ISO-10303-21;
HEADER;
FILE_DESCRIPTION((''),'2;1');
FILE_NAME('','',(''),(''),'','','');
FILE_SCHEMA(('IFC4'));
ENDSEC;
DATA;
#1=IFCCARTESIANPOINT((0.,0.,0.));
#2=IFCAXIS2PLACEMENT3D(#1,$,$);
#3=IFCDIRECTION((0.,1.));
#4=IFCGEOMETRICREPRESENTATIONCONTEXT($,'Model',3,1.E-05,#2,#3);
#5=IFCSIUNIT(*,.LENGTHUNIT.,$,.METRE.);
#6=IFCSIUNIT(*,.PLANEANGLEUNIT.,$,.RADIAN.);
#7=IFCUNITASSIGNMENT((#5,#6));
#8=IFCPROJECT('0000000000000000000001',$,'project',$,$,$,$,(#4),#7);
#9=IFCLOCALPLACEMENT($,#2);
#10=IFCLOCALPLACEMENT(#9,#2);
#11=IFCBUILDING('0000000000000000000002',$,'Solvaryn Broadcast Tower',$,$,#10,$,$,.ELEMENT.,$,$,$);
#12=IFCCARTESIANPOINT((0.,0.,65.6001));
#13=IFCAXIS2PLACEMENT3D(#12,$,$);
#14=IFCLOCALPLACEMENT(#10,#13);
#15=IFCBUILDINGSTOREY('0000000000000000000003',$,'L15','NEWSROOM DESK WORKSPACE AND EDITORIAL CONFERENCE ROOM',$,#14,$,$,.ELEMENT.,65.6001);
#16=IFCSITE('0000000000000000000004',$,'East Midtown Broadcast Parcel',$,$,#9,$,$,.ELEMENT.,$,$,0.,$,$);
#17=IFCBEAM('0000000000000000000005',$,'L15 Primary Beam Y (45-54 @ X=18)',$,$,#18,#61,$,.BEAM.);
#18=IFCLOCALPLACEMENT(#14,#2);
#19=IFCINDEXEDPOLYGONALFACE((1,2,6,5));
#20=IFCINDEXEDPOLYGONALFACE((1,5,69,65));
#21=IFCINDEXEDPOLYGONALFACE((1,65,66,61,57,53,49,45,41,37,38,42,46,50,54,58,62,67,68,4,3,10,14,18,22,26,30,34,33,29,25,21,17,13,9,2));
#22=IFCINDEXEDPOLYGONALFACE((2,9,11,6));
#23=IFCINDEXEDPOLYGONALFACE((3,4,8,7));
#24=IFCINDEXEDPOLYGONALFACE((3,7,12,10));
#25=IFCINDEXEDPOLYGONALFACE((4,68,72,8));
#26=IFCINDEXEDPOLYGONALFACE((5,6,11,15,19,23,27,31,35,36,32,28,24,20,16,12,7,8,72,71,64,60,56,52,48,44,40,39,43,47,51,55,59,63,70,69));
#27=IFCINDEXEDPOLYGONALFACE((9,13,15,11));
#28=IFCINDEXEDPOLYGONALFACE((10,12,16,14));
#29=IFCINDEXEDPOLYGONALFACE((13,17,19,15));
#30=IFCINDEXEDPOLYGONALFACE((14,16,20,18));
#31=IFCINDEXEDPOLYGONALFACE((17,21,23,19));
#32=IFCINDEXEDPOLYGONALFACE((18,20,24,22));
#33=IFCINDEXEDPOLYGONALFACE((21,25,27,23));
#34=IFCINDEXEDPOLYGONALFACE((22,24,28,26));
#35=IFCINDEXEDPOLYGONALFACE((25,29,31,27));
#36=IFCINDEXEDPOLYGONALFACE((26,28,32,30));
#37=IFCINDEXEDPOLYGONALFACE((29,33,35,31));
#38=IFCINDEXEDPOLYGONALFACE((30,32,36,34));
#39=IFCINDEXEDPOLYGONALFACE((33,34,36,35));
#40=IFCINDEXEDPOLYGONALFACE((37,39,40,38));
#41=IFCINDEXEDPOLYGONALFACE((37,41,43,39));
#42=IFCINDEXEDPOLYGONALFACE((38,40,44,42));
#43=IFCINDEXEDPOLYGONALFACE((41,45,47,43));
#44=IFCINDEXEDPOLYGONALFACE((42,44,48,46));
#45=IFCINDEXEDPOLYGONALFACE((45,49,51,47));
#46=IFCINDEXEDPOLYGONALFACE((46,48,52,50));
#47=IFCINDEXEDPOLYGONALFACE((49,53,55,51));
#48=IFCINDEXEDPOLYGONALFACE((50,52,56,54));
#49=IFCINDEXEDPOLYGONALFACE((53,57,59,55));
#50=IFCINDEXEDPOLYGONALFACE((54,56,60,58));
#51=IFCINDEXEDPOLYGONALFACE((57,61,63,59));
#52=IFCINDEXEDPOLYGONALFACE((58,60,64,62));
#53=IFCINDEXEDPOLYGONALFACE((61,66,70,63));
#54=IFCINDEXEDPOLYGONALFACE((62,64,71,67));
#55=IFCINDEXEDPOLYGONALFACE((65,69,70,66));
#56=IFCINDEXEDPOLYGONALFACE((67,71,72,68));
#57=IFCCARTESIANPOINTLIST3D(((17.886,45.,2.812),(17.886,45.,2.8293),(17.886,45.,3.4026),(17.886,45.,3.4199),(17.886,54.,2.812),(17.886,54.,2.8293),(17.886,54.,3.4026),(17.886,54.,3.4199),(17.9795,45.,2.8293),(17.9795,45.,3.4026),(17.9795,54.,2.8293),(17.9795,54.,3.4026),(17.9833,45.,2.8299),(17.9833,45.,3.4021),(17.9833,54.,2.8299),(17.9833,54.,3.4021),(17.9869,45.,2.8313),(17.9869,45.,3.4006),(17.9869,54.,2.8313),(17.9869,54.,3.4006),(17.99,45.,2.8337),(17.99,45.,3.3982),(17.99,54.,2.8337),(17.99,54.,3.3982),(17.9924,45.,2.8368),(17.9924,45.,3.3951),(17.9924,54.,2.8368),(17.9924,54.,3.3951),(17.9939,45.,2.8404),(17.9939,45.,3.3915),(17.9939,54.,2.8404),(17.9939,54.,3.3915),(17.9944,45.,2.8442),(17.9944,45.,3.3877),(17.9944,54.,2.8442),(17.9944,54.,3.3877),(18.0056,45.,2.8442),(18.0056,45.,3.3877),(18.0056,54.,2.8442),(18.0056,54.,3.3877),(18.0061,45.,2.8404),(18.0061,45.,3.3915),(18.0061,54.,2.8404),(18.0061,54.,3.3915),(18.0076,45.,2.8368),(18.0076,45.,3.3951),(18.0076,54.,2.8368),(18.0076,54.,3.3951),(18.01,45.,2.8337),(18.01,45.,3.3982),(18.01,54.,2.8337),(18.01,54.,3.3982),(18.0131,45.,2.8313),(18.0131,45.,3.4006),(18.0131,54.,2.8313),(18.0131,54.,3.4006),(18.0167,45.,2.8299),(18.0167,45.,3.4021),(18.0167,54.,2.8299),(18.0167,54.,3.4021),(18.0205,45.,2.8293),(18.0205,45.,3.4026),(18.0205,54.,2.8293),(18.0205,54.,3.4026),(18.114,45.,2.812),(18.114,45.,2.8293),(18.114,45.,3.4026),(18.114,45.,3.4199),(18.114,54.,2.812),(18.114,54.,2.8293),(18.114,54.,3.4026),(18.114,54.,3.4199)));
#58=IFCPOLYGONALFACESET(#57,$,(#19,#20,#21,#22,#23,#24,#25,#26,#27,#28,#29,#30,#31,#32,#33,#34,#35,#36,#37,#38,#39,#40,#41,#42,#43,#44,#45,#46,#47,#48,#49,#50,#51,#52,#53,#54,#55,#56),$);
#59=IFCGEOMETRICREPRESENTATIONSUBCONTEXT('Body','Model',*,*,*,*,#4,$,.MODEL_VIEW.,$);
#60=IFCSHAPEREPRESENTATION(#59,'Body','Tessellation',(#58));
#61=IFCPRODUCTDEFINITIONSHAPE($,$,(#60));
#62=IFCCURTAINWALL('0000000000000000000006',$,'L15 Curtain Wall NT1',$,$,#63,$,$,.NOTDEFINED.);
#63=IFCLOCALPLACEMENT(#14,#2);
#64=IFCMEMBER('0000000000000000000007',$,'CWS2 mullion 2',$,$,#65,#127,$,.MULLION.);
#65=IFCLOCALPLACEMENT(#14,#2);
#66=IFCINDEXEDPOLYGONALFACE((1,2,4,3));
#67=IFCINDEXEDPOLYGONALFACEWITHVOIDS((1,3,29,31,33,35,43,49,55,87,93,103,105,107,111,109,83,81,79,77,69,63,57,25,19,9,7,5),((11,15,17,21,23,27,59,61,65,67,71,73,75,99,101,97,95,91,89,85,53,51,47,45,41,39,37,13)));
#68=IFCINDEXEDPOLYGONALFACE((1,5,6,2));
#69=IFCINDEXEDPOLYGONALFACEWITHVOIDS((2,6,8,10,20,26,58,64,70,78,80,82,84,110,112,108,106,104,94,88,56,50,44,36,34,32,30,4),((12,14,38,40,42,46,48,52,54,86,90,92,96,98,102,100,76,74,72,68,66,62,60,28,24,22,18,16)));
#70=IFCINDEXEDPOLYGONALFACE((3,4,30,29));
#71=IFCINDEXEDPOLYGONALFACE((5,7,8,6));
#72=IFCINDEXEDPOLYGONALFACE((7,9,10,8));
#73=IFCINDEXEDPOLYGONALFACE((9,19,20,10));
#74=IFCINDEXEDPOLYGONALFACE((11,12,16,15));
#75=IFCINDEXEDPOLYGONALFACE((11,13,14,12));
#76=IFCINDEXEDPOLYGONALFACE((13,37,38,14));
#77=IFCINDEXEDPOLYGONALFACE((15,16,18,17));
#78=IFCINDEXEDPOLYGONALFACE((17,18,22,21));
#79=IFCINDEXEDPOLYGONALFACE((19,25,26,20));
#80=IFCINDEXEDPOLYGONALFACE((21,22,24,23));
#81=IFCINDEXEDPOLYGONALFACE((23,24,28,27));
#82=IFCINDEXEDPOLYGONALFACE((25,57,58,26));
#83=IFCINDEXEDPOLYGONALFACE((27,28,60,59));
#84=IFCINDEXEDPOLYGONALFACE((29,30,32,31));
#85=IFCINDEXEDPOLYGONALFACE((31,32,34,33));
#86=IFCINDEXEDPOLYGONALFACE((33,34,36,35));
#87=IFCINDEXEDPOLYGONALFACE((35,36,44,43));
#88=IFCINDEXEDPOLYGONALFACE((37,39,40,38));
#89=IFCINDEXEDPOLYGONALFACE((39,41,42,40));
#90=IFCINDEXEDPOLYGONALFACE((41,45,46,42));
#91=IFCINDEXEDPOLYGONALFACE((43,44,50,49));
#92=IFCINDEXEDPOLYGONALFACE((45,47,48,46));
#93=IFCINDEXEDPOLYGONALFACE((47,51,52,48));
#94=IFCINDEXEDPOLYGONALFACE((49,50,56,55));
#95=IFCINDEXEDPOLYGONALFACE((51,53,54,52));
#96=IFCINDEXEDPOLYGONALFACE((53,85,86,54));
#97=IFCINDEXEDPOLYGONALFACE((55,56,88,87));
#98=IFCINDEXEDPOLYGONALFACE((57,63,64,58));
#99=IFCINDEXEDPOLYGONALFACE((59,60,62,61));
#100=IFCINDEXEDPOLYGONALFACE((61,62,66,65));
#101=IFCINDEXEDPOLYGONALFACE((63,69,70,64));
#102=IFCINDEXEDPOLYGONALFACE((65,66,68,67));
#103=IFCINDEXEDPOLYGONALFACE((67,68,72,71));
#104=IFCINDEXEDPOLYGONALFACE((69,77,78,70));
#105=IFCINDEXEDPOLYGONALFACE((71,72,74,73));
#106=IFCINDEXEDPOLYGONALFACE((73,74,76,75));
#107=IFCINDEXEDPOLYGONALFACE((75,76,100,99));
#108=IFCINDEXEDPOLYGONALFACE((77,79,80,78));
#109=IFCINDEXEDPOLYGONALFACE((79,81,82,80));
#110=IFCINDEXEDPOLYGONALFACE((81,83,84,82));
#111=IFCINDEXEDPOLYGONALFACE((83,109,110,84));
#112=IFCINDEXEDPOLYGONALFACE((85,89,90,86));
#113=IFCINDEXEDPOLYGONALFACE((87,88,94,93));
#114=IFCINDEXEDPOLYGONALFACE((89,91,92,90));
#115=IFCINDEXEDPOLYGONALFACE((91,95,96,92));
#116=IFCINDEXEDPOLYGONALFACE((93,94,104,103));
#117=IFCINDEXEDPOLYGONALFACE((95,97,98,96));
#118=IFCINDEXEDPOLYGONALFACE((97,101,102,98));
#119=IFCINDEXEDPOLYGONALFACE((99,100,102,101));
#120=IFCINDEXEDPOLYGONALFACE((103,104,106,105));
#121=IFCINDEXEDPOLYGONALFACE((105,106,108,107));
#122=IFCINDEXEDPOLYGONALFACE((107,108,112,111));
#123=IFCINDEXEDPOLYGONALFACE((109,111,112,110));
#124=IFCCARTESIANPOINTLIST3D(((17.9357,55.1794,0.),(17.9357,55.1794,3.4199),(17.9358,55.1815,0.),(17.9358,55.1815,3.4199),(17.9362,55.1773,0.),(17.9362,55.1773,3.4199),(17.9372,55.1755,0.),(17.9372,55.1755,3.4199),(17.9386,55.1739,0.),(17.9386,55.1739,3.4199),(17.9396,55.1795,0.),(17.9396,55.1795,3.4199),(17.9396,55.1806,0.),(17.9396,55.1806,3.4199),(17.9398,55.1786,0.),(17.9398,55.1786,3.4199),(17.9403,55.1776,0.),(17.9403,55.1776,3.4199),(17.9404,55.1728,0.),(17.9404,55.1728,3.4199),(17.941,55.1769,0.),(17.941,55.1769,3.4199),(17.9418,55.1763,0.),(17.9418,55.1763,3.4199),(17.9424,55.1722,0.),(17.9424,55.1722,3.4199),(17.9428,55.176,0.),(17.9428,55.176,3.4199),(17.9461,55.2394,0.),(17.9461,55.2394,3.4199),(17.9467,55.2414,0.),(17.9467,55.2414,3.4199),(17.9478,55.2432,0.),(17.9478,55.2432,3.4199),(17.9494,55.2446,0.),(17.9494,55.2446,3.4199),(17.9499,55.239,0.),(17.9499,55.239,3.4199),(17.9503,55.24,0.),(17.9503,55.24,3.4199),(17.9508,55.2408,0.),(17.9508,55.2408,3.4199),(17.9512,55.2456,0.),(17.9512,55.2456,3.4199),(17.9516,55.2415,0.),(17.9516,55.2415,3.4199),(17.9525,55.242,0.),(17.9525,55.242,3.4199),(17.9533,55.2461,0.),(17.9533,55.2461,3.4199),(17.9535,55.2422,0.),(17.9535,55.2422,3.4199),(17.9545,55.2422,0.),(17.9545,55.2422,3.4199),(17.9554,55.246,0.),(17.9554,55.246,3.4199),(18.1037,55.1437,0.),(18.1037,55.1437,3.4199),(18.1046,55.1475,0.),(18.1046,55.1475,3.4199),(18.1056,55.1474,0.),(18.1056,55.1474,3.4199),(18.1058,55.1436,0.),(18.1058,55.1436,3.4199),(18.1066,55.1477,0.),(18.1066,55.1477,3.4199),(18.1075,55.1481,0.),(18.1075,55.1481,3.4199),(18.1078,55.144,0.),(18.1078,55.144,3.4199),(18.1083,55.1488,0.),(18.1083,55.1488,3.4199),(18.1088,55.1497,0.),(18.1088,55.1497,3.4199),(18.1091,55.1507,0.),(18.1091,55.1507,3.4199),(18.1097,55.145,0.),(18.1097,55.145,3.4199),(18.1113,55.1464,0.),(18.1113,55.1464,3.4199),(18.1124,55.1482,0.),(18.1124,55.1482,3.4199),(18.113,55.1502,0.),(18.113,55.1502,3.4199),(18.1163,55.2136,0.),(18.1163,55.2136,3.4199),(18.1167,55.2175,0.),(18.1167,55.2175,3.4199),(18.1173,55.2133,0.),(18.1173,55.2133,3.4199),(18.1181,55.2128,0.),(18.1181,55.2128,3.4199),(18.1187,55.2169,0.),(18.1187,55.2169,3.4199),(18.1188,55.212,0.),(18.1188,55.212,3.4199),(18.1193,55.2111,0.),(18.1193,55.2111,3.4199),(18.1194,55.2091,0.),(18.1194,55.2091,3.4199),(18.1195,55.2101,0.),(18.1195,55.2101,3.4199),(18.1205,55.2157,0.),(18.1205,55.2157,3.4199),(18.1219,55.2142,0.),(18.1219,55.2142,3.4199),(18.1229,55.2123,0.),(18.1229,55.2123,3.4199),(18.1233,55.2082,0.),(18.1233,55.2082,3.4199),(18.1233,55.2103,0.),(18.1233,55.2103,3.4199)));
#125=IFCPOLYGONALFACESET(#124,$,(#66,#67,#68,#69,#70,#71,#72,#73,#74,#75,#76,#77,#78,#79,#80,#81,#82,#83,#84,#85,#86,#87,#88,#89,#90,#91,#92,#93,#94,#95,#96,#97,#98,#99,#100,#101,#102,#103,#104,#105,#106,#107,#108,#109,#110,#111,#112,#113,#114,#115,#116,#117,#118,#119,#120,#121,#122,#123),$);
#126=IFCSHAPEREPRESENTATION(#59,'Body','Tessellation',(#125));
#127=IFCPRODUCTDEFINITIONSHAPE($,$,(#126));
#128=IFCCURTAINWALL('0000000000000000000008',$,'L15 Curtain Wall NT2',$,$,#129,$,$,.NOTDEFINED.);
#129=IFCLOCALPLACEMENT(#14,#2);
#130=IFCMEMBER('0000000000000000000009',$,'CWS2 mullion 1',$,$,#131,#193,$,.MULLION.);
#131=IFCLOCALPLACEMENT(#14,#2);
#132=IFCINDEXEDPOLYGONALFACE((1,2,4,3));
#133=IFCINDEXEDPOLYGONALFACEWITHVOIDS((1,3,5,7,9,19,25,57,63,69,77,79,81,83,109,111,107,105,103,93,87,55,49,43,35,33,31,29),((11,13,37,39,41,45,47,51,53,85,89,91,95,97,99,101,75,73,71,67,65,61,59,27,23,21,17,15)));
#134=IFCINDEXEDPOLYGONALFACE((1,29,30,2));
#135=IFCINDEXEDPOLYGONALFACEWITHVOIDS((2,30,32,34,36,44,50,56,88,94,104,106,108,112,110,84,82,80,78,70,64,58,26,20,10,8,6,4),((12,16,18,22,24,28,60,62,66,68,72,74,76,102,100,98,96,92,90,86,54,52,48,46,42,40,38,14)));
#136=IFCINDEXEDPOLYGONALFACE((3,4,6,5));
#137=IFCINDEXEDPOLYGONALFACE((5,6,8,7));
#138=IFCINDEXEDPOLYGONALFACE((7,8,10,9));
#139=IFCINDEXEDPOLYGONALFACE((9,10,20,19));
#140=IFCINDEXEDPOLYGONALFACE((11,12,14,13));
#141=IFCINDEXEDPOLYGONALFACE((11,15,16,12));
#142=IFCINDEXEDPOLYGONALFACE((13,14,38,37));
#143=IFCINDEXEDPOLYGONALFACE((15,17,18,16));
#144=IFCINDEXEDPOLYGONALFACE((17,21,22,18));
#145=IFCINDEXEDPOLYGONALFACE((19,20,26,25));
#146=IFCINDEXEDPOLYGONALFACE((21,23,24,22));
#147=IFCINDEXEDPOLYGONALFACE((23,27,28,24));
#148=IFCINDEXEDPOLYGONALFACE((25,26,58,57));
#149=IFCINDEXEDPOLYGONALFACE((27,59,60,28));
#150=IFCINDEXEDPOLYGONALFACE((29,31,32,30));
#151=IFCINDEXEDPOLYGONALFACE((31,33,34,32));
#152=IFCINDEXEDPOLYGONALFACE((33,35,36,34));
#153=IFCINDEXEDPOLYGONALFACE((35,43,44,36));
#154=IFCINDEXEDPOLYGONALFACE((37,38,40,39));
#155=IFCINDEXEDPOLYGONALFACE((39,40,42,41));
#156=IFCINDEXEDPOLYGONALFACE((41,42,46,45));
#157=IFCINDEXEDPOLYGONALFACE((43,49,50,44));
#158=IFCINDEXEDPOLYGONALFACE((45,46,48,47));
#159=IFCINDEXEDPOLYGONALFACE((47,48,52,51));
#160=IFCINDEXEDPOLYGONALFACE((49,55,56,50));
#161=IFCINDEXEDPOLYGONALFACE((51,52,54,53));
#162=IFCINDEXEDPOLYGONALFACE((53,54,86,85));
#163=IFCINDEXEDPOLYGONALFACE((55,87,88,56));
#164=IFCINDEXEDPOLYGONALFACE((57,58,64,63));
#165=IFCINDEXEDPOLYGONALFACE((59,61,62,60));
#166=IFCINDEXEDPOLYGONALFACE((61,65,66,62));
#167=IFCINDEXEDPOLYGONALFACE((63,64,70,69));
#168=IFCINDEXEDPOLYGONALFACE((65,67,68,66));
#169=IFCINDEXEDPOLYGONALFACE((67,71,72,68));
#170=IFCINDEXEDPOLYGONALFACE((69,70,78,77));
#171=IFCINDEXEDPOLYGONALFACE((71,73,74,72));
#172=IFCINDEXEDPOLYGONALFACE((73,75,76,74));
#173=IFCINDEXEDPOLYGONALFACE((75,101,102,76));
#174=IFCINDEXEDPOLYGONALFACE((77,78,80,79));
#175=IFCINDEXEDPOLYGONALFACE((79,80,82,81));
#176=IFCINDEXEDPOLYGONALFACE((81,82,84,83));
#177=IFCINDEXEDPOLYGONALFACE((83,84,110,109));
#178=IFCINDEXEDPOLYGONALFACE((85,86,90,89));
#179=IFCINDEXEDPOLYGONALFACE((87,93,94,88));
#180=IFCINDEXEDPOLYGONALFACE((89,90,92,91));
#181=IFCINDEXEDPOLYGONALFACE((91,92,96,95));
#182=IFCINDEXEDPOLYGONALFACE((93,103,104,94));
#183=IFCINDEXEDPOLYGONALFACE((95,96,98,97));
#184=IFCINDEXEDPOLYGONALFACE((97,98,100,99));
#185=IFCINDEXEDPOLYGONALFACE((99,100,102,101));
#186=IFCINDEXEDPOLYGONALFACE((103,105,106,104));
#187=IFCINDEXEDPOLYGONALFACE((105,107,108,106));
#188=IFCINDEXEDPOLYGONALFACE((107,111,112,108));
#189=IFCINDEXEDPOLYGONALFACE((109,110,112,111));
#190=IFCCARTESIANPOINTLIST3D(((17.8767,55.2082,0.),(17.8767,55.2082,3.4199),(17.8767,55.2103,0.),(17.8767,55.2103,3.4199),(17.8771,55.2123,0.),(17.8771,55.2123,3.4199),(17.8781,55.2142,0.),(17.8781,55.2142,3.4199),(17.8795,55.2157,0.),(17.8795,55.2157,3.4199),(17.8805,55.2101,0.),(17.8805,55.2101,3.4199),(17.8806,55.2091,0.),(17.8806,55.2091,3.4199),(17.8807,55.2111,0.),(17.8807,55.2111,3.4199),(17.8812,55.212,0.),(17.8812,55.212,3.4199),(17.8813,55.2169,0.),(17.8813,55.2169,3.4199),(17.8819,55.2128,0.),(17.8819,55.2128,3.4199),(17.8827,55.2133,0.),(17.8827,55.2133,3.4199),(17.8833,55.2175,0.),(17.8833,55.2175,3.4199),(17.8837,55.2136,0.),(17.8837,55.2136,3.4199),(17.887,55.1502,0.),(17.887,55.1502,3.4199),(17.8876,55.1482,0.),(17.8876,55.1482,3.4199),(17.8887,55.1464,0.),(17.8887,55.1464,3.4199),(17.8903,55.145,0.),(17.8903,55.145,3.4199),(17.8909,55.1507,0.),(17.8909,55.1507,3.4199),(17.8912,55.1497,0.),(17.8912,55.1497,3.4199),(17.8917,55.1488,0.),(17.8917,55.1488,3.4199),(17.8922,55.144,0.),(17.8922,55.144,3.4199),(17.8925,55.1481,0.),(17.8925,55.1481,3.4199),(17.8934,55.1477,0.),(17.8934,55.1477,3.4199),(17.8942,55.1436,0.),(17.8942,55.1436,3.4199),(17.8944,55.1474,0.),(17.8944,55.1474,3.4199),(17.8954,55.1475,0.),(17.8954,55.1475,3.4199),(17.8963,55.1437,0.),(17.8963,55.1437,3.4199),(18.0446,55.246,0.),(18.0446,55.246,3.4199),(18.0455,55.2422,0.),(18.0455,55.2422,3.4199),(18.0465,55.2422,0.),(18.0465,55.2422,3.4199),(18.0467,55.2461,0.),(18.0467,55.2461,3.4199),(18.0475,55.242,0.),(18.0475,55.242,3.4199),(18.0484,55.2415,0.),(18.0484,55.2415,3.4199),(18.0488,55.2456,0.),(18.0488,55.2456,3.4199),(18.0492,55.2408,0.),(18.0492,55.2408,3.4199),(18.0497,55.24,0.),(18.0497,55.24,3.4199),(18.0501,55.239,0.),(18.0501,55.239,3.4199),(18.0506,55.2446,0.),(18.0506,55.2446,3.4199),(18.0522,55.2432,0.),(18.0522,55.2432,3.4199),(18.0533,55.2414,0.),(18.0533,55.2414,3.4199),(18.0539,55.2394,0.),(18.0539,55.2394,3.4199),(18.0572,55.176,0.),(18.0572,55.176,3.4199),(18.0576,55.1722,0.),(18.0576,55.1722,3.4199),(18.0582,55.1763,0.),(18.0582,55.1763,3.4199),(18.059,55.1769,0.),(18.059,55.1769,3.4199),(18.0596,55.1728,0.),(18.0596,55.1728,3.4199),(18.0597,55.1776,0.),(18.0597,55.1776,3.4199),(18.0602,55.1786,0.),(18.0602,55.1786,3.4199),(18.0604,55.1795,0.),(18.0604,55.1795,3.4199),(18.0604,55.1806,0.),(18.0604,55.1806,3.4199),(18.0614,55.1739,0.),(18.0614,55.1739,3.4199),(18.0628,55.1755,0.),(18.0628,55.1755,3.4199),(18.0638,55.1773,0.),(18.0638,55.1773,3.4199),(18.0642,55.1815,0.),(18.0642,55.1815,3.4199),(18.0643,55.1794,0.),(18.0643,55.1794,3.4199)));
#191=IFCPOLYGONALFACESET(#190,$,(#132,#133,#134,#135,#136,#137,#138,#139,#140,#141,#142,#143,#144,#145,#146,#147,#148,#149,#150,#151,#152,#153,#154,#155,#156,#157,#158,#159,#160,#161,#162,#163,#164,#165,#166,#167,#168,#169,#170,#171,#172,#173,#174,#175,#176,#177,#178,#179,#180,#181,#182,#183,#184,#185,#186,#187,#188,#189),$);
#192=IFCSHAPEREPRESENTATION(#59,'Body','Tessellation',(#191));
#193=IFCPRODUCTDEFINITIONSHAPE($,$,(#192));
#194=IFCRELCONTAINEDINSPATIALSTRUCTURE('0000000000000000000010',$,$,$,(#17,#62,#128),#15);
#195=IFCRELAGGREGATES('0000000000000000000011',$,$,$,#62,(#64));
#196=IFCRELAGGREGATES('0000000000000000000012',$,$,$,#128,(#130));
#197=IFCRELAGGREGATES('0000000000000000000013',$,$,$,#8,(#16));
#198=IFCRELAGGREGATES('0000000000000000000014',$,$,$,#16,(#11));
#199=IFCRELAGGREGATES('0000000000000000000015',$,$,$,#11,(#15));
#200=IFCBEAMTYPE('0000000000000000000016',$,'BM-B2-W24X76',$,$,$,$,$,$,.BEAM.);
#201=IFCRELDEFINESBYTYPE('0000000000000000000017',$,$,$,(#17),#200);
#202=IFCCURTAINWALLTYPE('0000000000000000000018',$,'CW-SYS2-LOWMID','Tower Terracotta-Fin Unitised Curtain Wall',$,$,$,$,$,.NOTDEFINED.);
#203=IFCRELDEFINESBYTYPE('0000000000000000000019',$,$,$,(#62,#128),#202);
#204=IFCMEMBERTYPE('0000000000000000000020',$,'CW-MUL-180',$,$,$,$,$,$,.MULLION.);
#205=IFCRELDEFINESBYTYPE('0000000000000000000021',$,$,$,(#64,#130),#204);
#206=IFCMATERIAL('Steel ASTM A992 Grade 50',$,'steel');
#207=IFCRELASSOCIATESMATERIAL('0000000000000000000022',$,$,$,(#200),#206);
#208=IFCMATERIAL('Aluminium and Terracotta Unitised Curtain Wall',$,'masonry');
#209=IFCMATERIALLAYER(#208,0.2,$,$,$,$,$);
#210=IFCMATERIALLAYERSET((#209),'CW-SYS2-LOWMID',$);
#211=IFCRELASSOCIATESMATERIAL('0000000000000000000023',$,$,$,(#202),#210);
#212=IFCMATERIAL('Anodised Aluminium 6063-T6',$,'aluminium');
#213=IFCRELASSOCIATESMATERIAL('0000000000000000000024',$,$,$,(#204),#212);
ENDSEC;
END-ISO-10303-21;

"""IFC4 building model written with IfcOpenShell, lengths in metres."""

from ifc_helpers import new_model, si_unit, direction, frame, origin, origin_2d, place, context, subcontext, project, spatial, hollow_rectangle, i_section, extrude, material, layer, layer_set, material_profile, profile_set, type_object, element, aggregate, save


model = new_model("IFC4")

# Units and contexts
model_context = context("Model", 3, precision=1e-05, world=origin(), true_north=direction((0.0, 1.0)))
body_context = subcontext(model_context, "Body", "Model", "MODEL_VIEW")
ifc_project = project(units=[si_unit("LENGTHUNIT", "METRE"), si_unit("PLANEANGLEUNIT", "RADIAN")], contexts=[model_context])

# Site, building, storey
site_placement = place(None, origin())
site = spatial("IfcSite", under=ifc_project, at=site_placement, Name="East Midtown Broadcast Parcel", CompositionType="ELEMENT", RefElevation=0.0)
building_placement = place(site_placement, origin())
building = spatial("IfcBuilding", under=site, at=building_placement, Name="Solvaryn Broadcast Tower", CompositionType="ELEMENT")
storey_placement = place(building_placement, frame((0.0, 0.0, 65.6001)))
storey = spatial("IfcBuildingStorey", under=building, at=storey_placement, Name="L15", Description="NEWSROOM DESK WORKSPACE AND EDITORIAL CONFERENCE ROOM", CompositionType="ELEMENT", Elevation=65.6001)

# Beam
ifc_material_1 = material(Name="Steel ASTM A992 Grade 50", Category="steel")
ifc_material_profile_1 = material_profile(ifc_material_1, i_section(OverallWidth=0.228, OverallDepth=0.6079, WebThickness=0.0112, FlangeThickness=0.0173, FilletRadius=0.0149, at=origin_2d()))
ifc_profile_set_1 = profile_set([ifc_material_profile_1], Name="Steel ASTM A992 Grade 50")
beam_type_1 = type_object("IfcBeamType", Name="BM-B2-W24X76", PredefinedType="BEAM", material=ifc_profile_set_1)
beam_1_placement = place(storey_placement, frame((18.0, 45.0, 3.116), z_axis=(0.0, 1.0, 0.0), x_axis=(-1.0, 0.0, 0.0)))
element("IfcBeam", 1, at=beam_1_placement, inside=storey, type_object=beam_type_1, Name="L15 Primary Beam Y (45-54 @ X=18)", PredefinedType="BEAM", context=body_context, shape_type="SweptSolid", body=[
    extrude(i_section(OverallWidth=0.228, OverallDepth=0.6079, WebThickness=0.0112, FlangeThickness=0.0173, FilletRadius=0.0149, at=origin_2d()), origin(), (0.0, 0.0, 1.0), 9.0),
])

# Curtain walls, members
ifc_material_2 = material(Name="Aluminium and Terracotta Unitised Curtain Wall", Category="masonry")
ifc_layer_1 = layer(ifc_material_2, 0.2)
ifc_layer_set_1 = layer_set([ifc_layer_1], Name="CW-SYS2-LOWMID")
curtain_wall_type = type_object("IfcCurtainWallType", Name="CW-SYS2-LOWMID", Description="Tower Terracotta-Fin Unitised Curtain Wall", PredefinedType="NOTDEFINED", material=ifc_layer_set_1)
curtain_wall_1_placement = place(storey_placement, origin())
curtain_wall_1 = element("IfcCurtainWall", 2, at=curtain_wall_1_placement, inside=storey, type_object=curtain_wall_type, Name="L15 Curtain Wall NT1", PredefinedType="NOTDEFINED")
ifc_material_3 = material(Name="Anodised Aluminium 6063-T6", Category="aluminium")
ifc_material_profile_2 = material_profile(ifc_material_3, hollow_rectangle(XDim=0.075, YDim=0.1799, WallThickness=0.0039, InnerFilletRadius=0.0039, OuterFilletRadius=0.0081, at=origin_2d()))
ifc_profile_set_2 = profile_set([ifc_material_profile_2], Name="Anodised Aluminium 6063-T6")
member_type_1 = type_object("IfcMemberType", Name="CW-MUL-180", PredefinedType="MULLION", material=ifc_profile_set_2)
member_1_placement = place(storey_placement, frame((18.0295, 55.1948, 0.0), z_axis=(0.0, 0.0, 1.0), x_axis=(-0.173785, -0.984784, 0.0)))
member_1 = element("IfcMember", 3, at=member_1_placement, type_object=member_type_1, Name="CWS2 mullion 2", PredefinedType="MULLION", context=body_context, shape_type="SweptSolid", body=[
    extrude(hollow_rectangle(XDim=0.075, YDim=0.1799, WallThickness=0.0039, InnerFilletRadius=0.0039, OuterFilletRadius=0.0081, at=origin_2d()), origin(), (0.0, 0.0, 1.0), 3.4199),
])
curtain_wall_2_placement = place(storey_placement, origin())
curtain_wall_2 = element("IfcCurtainWall", 4, at=curtain_wall_2_placement, inside=storey, type_object=curtain_wall_type, Name="L15 Curtain Wall NT2", PredefinedType="NOTDEFINED")
member_2_placement = place(storey_placement, frame((17.9705, 55.1948, 0.0), z_axis=(0.0, 0.0, 1.0), x_axis=(0.173785, -0.984784, 0.0)))
member_2 = element("IfcMember", 5, at=member_2_placement, type_object=member_type_1, Name="CWS2 mullion 1", PredefinedType="MULLION", context=body_context, shape_type="SweptSolid", body=[
    extrude(hollow_rectangle(XDim=0.075, YDim=0.1799, WallThickness=0.0039, InnerFilletRadius=0.0039, OuterFilletRadius=0.0081, at=origin_2d()), origin(), (0.0, 0.0, 1.0), 3.4199),
])

aggregate(curtain_wall_1, [member_1])
aggregate(curtain_wall_2, [member_2])

save(model, "model.ifc")
